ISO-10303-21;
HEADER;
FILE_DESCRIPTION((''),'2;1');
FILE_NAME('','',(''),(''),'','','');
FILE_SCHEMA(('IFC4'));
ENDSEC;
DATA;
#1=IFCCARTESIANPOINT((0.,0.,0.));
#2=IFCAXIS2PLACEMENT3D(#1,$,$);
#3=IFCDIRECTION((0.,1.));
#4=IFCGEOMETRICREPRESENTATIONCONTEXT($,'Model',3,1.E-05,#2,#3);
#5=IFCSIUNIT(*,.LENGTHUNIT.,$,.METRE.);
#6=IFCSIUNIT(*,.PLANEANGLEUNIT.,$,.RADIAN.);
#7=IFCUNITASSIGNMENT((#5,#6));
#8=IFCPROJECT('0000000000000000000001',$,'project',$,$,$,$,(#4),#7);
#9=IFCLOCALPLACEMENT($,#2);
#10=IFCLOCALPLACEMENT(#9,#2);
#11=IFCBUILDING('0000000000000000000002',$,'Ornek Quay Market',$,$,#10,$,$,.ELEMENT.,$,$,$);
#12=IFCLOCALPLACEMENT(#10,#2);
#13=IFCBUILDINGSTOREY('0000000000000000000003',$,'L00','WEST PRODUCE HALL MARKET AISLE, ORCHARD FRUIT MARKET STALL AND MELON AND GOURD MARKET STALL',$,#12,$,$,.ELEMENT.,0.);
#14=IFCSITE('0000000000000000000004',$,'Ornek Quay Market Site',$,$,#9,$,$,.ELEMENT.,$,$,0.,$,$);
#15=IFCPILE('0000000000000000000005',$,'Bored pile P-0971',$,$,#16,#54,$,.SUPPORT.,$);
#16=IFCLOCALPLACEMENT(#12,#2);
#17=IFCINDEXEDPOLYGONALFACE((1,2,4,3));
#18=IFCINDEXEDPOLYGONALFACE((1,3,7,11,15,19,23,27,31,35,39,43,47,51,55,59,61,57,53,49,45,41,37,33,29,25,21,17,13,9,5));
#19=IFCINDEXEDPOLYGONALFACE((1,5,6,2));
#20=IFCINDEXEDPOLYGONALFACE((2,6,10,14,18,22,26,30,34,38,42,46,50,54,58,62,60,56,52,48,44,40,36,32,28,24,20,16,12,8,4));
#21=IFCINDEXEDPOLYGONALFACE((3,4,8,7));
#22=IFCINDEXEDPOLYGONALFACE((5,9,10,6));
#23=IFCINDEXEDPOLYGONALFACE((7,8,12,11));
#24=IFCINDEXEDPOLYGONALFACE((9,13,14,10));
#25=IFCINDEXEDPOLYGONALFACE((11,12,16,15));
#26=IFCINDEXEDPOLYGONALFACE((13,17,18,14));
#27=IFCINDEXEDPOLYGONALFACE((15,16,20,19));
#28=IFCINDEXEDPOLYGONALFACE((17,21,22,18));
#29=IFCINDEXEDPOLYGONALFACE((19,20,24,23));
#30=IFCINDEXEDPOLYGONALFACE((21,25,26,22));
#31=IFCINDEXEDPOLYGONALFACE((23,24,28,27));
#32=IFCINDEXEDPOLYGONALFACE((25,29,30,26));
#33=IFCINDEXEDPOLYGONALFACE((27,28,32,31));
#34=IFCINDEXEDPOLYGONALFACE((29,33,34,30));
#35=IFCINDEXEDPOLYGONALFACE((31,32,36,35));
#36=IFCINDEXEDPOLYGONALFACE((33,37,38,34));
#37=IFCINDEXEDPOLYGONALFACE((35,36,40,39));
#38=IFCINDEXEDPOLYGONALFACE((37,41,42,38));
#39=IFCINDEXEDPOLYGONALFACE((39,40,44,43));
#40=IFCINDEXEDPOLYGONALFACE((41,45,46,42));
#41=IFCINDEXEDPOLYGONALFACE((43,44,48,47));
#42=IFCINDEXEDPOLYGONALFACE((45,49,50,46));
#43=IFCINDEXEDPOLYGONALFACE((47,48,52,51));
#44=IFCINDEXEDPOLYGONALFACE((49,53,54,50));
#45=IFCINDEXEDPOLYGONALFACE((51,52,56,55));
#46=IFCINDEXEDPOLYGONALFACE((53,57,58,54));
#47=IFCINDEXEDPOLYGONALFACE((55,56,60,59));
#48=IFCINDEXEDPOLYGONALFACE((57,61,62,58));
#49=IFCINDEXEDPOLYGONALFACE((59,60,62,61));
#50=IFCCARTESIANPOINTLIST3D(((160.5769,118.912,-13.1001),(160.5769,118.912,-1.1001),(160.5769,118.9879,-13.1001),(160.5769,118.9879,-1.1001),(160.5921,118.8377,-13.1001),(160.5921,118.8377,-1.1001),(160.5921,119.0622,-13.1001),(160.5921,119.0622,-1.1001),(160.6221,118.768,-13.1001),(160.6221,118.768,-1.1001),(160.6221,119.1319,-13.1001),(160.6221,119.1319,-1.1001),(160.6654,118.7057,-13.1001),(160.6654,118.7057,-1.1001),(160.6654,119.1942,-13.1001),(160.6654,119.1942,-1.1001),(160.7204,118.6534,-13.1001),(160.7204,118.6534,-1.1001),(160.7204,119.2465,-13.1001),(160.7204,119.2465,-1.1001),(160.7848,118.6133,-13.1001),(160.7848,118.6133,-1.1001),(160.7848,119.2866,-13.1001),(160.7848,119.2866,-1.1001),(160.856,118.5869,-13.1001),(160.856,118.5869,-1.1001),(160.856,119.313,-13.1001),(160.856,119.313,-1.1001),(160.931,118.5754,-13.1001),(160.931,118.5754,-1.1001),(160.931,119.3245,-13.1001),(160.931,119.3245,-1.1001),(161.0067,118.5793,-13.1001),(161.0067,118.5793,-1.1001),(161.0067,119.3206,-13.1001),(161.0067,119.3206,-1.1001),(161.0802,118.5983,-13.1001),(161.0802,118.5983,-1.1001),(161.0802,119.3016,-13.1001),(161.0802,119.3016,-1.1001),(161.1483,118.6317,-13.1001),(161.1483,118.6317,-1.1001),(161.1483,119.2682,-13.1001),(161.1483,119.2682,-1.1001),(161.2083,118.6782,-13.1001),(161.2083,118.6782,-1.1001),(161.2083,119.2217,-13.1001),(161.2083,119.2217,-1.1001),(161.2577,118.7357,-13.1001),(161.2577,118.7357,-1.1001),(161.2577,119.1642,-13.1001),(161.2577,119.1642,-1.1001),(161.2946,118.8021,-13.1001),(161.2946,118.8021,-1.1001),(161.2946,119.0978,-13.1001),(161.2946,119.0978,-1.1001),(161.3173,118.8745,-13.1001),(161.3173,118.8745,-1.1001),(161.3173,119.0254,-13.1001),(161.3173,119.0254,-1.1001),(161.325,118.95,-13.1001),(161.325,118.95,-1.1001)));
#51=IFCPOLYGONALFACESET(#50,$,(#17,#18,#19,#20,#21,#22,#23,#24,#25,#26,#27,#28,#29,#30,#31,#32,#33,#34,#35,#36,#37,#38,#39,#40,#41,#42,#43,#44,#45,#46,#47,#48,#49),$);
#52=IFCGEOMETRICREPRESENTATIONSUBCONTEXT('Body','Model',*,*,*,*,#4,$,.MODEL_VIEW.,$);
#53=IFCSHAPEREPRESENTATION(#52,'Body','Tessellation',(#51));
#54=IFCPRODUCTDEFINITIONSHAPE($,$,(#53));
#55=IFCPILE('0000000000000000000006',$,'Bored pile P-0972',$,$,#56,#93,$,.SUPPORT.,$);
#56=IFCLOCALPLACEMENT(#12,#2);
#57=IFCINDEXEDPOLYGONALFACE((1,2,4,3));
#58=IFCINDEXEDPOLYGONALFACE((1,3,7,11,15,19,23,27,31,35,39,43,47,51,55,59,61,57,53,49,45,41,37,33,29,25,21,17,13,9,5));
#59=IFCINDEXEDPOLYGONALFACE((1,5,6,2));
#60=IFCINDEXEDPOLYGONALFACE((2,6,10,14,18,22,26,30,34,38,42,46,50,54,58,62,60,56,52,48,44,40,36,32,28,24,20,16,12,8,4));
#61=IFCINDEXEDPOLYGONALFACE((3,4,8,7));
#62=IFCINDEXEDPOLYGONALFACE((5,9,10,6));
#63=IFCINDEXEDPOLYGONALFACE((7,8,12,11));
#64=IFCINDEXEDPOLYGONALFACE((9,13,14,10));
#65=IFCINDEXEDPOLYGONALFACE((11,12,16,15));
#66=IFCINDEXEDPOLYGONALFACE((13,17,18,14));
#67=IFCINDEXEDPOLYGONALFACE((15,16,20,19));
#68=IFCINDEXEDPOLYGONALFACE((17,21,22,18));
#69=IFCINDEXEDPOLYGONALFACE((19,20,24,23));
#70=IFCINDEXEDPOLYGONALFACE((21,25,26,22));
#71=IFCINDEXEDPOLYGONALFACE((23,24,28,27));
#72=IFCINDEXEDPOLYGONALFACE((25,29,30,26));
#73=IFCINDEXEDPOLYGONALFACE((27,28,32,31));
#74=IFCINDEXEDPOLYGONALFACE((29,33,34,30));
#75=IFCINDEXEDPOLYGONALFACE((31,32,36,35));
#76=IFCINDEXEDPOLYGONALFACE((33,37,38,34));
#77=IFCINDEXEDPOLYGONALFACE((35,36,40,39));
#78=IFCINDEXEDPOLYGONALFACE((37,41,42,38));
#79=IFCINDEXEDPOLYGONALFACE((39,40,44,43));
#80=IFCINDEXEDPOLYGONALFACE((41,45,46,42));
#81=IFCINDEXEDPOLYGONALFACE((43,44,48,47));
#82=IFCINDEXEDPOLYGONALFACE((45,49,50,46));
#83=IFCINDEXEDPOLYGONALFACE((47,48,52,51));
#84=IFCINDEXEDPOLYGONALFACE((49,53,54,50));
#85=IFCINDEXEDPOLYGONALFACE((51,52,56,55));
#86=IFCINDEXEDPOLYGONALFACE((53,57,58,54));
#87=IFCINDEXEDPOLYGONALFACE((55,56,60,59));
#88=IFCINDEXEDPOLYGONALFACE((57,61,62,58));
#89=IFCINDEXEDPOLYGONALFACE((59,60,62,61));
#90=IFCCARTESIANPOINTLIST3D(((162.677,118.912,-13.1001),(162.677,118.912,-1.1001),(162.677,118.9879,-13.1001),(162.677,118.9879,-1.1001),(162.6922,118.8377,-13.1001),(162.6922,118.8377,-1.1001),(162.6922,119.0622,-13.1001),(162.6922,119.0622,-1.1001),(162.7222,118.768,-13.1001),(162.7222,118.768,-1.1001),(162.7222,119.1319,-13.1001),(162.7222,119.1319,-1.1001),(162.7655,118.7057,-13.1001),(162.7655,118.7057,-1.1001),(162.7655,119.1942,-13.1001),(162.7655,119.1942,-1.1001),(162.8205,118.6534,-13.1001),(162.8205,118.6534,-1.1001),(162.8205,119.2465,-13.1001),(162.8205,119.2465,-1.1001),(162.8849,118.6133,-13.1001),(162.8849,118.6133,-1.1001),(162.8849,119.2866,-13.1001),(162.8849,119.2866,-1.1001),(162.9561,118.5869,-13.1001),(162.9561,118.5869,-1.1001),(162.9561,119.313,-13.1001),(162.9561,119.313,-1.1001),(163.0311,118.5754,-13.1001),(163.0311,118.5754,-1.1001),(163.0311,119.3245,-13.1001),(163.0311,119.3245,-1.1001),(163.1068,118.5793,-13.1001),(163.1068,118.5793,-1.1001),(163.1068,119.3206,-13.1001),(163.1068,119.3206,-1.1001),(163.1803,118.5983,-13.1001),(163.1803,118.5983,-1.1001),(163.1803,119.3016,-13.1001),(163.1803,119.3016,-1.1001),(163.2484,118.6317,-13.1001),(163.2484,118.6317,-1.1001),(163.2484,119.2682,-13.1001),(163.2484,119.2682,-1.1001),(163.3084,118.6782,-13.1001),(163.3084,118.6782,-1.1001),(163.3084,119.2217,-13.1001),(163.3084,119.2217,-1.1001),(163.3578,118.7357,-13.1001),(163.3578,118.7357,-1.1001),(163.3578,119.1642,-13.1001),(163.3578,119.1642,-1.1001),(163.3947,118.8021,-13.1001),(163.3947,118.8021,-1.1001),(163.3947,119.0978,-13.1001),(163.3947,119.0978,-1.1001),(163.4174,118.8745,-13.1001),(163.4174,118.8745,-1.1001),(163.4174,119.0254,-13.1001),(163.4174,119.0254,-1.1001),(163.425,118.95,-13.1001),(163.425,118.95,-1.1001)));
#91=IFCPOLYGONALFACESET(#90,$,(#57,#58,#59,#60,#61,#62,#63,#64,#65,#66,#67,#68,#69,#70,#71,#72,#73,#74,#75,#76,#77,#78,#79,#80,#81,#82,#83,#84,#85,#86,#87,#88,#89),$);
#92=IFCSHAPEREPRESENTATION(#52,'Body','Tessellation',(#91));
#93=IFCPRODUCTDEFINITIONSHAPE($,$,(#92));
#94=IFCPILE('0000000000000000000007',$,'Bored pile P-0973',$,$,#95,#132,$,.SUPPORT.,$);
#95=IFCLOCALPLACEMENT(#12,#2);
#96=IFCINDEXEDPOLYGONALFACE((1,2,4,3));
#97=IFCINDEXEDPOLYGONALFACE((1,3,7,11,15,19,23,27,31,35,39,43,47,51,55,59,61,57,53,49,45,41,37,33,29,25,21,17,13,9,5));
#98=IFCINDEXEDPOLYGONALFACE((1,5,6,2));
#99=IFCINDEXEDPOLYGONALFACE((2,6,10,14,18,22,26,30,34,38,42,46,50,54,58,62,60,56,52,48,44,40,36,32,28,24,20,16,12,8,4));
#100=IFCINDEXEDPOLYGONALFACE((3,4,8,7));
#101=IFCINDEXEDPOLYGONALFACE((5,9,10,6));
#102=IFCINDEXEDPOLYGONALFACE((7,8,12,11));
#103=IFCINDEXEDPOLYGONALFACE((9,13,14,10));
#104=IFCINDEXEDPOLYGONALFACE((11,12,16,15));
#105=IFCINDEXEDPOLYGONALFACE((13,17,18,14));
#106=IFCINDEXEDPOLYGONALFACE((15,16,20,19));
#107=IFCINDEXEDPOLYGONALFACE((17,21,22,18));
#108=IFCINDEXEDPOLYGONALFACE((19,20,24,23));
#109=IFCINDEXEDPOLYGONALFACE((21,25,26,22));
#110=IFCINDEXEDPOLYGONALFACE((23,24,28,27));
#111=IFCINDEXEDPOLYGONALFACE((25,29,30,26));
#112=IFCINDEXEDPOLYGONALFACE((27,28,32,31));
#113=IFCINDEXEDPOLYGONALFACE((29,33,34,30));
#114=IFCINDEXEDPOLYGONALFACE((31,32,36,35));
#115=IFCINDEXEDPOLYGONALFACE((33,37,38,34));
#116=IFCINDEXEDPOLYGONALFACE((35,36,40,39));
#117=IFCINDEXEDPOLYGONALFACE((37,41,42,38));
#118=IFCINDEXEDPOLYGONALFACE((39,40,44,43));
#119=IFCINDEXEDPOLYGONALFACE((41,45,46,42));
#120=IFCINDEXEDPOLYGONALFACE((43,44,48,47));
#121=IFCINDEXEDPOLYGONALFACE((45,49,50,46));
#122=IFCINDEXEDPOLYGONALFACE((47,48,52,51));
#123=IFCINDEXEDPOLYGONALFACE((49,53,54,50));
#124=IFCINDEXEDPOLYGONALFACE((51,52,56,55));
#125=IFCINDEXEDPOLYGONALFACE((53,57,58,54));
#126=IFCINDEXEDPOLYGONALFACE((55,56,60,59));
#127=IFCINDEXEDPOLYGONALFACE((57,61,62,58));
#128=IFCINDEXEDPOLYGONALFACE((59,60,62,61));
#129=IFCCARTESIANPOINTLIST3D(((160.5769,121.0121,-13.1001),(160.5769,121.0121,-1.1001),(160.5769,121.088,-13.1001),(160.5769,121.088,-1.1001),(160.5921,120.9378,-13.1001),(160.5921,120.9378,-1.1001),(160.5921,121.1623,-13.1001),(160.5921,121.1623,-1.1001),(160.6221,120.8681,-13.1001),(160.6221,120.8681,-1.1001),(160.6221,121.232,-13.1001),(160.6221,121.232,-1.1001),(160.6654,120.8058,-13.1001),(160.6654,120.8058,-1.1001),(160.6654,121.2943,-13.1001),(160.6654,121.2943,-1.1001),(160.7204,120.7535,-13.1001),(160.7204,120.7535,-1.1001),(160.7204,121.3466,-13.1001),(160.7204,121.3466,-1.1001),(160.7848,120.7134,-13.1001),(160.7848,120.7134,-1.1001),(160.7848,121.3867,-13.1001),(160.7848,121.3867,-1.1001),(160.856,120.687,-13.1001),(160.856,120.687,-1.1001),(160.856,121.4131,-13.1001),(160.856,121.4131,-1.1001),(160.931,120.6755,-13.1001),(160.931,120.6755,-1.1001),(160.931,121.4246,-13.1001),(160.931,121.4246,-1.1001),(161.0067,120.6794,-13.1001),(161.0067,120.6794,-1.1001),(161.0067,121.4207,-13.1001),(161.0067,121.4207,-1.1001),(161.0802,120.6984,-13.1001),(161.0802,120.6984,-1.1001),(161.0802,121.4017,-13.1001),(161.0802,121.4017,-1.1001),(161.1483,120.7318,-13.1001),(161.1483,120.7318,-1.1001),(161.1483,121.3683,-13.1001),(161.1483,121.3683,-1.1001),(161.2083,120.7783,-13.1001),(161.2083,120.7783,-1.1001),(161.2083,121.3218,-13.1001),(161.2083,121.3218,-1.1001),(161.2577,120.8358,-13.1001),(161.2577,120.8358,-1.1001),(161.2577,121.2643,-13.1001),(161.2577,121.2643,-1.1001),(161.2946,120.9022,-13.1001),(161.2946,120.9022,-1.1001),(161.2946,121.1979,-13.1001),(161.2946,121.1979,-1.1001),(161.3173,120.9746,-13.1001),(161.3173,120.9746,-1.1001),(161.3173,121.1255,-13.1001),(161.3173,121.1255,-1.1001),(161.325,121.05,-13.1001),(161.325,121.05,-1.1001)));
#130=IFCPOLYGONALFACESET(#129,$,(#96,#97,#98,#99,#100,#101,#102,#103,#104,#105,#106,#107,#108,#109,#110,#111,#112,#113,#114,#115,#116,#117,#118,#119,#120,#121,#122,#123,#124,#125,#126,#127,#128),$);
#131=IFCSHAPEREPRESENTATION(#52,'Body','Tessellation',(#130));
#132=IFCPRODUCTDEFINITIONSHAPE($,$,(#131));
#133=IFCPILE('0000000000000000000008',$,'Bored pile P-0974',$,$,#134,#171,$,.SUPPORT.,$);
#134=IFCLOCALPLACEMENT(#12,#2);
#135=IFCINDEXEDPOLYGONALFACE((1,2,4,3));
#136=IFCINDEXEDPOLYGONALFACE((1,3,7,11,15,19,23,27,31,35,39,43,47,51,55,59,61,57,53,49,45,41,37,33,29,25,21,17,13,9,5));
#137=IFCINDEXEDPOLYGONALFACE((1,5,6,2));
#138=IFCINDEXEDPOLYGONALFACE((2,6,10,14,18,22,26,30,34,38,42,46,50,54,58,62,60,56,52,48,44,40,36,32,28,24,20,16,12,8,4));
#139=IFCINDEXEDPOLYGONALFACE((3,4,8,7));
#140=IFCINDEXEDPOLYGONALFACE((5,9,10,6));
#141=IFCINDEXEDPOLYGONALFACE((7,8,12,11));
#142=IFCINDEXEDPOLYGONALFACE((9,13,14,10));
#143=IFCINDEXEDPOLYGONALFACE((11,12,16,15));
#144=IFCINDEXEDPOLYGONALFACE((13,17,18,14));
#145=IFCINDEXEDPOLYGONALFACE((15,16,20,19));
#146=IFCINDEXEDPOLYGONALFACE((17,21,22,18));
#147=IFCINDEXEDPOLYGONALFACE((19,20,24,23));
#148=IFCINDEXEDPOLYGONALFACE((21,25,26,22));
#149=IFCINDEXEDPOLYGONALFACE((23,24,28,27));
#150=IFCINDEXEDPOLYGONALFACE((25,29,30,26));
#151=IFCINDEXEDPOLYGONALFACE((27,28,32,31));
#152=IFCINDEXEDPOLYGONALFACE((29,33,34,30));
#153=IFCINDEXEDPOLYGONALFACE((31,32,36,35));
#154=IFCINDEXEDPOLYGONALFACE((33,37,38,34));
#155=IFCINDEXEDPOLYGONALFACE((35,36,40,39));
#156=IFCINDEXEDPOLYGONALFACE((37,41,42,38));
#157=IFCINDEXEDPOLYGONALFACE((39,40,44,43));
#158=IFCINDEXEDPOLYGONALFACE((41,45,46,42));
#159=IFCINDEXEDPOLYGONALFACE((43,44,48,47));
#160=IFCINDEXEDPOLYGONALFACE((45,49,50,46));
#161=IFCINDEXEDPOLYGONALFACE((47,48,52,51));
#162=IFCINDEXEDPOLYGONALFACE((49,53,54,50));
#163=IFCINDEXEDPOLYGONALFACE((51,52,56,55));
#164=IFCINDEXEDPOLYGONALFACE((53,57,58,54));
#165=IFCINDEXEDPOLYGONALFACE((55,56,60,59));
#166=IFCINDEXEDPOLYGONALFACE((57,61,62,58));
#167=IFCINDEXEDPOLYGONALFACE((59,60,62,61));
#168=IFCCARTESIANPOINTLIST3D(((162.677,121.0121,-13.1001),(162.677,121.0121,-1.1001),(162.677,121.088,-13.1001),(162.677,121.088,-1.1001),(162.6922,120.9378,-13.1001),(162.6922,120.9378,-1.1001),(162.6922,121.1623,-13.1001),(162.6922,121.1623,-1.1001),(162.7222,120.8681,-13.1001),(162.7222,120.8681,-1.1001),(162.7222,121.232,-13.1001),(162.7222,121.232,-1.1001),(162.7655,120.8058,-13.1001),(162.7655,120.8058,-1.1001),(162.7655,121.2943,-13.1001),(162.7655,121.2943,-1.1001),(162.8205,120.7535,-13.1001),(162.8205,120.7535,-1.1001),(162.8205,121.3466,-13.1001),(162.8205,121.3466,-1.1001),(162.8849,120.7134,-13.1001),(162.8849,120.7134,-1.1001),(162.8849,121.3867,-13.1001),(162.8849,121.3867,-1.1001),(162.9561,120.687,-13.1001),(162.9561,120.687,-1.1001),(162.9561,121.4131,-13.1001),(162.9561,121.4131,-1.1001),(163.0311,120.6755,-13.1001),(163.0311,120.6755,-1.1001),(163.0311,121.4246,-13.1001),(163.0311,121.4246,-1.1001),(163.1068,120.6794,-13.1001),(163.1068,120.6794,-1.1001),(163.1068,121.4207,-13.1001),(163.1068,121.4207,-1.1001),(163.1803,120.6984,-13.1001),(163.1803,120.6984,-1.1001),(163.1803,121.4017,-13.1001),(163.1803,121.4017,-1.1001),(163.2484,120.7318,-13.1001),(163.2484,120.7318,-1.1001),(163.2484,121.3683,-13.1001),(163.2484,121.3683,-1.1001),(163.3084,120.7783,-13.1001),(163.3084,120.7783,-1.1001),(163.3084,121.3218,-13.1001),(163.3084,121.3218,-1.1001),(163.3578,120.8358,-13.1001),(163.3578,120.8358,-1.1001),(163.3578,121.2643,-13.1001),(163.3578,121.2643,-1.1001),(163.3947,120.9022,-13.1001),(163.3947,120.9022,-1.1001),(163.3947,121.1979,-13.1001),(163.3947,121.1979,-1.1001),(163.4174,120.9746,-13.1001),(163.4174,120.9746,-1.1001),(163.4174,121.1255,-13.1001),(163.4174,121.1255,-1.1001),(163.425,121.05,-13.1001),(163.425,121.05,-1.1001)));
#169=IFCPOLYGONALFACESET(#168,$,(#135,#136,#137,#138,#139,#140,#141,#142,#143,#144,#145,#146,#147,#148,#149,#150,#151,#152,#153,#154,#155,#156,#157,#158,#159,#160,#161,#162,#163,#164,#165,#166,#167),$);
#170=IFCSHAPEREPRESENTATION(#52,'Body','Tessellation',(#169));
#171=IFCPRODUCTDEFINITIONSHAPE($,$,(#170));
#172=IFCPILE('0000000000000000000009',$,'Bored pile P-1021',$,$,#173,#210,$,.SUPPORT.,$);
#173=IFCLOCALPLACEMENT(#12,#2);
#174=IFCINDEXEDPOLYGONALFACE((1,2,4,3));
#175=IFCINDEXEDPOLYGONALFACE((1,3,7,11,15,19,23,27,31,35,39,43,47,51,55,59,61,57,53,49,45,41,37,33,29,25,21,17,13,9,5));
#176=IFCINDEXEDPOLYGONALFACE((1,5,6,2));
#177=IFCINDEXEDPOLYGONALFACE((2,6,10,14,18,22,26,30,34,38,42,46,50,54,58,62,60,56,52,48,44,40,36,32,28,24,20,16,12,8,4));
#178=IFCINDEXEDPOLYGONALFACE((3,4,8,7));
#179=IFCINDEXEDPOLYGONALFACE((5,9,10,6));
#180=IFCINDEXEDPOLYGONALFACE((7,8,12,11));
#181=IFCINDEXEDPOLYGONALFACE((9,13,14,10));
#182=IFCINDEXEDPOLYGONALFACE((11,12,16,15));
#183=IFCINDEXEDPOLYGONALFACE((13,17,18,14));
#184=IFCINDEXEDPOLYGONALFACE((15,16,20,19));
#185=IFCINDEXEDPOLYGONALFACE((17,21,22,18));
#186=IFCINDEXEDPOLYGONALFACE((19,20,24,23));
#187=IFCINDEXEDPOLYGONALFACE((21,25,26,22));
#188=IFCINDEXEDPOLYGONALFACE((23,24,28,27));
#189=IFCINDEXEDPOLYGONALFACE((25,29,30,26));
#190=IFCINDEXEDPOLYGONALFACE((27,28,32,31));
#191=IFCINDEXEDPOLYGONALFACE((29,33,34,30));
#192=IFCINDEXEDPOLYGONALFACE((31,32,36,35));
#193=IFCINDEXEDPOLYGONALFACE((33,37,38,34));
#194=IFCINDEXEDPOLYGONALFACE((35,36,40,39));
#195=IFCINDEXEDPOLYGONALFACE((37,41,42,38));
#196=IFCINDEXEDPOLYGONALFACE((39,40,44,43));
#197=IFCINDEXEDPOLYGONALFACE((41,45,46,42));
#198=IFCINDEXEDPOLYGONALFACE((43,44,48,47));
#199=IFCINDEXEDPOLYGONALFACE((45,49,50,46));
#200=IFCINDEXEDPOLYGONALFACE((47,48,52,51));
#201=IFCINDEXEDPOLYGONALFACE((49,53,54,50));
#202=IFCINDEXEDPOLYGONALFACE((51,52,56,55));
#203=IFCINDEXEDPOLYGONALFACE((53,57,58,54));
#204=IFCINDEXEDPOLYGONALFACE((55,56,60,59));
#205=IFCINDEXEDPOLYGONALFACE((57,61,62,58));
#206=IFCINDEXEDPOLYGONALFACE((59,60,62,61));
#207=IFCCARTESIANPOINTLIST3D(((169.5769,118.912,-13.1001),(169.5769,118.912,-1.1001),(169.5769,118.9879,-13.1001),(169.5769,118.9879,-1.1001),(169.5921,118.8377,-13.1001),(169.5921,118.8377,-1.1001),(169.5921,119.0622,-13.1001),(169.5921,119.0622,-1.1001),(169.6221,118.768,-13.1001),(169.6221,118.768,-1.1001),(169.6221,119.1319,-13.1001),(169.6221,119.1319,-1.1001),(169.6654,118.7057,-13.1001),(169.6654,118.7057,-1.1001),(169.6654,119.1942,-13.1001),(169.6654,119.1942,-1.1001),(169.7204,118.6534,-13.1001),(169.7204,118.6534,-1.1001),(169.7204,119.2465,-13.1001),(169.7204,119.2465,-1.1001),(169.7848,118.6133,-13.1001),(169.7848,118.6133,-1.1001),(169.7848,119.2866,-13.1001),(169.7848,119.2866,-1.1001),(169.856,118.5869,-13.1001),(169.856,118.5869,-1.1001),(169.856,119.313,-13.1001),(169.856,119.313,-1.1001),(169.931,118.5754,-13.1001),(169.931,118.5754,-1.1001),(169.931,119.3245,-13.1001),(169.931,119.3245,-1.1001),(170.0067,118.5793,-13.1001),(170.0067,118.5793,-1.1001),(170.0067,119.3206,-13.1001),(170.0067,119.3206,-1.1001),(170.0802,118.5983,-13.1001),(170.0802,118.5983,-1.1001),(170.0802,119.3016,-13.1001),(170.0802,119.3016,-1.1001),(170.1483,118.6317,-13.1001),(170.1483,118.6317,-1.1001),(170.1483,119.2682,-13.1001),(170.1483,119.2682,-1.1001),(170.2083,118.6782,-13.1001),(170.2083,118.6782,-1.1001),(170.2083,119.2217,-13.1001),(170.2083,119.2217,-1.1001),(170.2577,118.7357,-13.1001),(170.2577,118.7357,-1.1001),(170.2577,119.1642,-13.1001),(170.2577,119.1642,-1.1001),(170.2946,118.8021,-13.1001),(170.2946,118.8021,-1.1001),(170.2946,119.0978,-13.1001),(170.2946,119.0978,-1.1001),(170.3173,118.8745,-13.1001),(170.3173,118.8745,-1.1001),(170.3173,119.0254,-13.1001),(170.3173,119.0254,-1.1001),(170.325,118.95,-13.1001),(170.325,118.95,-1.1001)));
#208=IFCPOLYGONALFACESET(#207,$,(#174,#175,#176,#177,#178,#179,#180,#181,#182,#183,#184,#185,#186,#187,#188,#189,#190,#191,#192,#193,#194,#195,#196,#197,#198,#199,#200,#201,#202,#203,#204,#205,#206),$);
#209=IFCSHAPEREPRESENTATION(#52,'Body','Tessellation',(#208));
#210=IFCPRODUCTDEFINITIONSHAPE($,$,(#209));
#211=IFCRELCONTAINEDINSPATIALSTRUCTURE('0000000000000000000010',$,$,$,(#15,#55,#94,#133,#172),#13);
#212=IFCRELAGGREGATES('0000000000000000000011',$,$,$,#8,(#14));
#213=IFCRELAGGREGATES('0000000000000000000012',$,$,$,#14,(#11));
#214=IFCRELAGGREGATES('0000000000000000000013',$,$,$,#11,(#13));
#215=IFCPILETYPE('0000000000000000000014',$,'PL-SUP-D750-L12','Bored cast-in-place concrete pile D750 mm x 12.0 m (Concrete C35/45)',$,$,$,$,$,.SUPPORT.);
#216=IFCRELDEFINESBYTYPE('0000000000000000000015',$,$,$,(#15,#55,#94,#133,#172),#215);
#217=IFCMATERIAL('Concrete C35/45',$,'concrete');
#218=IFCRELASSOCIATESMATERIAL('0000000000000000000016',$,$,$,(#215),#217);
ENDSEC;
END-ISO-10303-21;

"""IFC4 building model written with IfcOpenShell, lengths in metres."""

from ifc_helpers import new_model, si_unit, direction, frame, origin, origin_2d, place, context, subcontext, project, spatial, circle, extrude, material, material_profile, profile_set, type_object, element, save


model = new_model("IFC4")

# Units and contexts
model_context = context("Model", 3, precision=1e-05, world=origin(), true_north=direction((0.0, 1.0)))
body_context = subcontext(model_context, "Body", "Model", "MODEL_VIEW")
ifc_project = project(units=[si_unit("LENGTHUNIT", "METRE"), si_unit("PLANEANGLEUNIT", "RADIAN")], contexts=[model_context])

# Site, building, storey
site_placement = place(None, origin())
site = spatial("IfcSite", under=ifc_project, at=site_placement, Name="Ornek Quay Market Site", CompositionType="ELEMENT", RefElevation=0.0)
building_placement = place(site_placement, origin())
building = spatial("IfcBuilding", under=site, at=building_placement, Name="Ornek Quay Market", CompositionType="ELEMENT")
storey_placement = place(building_placement, origin())
storey = spatial("IfcBuildingStorey", under=building, at=storey_placement, Name="L00", Description="WEST PRODUCE HALL MARKET AISLE, ORCHARD FRUIT MARKET STALL AND MELON AND GOURD MARKET STALL", CompositionType="ELEMENT", Elevation=0.0)

# Piles
ifc_material_1 = material(Name="Concrete C35/45", Category="concrete")
ifc_material_profile_1 = material_profile(ifc_material_1, circle(Radius=0.375, at=origin_2d()), Name="PILE D750", Category="concrete")
ifc_profile_set_1 = profile_set([ifc_material_profile_1], Name="Concrete C35/45")
pile_type = type_object("IfcPileType", Name="PL-SUP-D750-L12", Description="Bored cast-in-place concrete pile D750 mm x 12.0 m (Concrete C35/45)", PredefinedType="SUPPORT", material=ifc_profile_set_1)
for number, where, z_axis, x_axis, name in (
    (1, (160.95, 118.95, -1.1001), (0.0, 0.0, -1.0), (1.0, 0.0, 0.0), "Bored pile P-0971"),
    (2, (163.05, 118.95, -1.1001), (0.0, 0.0, -1.0), (1.0, 0.0, 0.0), "Bored pile P-0972"),
    (3, (160.95, 121.05, -1.1001), (0.0, 0.0, -1.0), (1.0, 0.0, 0.0), "Bored pile P-0973"),
    (4, (163.05, 121.05, -1.1001), (0.0, 0.0, -1.0), (1.0, 0.0, 0.0), "Bored pile P-0974"),
    (5, (169.95, 118.95, -1.1001), (0.0, 0.0, -1.0), (1.0, 0.0, 0.0), "Bored pile P-1021"),
):
    element("IfcPile", number, at=place(storey_placement, frame(where, z_axis=z_axis, x_axis=x_axis)), inside=storey, type_object=pile_type, Name=name, PredefinedType="SUPPORT", context=body_context, shape_type="SweptSolid", body=[
        extrude(circle(Radius=0.375, at=origin_2d()), origin(), (0.0, 0.0, 1.0), 12.0),
    ])

save(model, "model.ifc")
